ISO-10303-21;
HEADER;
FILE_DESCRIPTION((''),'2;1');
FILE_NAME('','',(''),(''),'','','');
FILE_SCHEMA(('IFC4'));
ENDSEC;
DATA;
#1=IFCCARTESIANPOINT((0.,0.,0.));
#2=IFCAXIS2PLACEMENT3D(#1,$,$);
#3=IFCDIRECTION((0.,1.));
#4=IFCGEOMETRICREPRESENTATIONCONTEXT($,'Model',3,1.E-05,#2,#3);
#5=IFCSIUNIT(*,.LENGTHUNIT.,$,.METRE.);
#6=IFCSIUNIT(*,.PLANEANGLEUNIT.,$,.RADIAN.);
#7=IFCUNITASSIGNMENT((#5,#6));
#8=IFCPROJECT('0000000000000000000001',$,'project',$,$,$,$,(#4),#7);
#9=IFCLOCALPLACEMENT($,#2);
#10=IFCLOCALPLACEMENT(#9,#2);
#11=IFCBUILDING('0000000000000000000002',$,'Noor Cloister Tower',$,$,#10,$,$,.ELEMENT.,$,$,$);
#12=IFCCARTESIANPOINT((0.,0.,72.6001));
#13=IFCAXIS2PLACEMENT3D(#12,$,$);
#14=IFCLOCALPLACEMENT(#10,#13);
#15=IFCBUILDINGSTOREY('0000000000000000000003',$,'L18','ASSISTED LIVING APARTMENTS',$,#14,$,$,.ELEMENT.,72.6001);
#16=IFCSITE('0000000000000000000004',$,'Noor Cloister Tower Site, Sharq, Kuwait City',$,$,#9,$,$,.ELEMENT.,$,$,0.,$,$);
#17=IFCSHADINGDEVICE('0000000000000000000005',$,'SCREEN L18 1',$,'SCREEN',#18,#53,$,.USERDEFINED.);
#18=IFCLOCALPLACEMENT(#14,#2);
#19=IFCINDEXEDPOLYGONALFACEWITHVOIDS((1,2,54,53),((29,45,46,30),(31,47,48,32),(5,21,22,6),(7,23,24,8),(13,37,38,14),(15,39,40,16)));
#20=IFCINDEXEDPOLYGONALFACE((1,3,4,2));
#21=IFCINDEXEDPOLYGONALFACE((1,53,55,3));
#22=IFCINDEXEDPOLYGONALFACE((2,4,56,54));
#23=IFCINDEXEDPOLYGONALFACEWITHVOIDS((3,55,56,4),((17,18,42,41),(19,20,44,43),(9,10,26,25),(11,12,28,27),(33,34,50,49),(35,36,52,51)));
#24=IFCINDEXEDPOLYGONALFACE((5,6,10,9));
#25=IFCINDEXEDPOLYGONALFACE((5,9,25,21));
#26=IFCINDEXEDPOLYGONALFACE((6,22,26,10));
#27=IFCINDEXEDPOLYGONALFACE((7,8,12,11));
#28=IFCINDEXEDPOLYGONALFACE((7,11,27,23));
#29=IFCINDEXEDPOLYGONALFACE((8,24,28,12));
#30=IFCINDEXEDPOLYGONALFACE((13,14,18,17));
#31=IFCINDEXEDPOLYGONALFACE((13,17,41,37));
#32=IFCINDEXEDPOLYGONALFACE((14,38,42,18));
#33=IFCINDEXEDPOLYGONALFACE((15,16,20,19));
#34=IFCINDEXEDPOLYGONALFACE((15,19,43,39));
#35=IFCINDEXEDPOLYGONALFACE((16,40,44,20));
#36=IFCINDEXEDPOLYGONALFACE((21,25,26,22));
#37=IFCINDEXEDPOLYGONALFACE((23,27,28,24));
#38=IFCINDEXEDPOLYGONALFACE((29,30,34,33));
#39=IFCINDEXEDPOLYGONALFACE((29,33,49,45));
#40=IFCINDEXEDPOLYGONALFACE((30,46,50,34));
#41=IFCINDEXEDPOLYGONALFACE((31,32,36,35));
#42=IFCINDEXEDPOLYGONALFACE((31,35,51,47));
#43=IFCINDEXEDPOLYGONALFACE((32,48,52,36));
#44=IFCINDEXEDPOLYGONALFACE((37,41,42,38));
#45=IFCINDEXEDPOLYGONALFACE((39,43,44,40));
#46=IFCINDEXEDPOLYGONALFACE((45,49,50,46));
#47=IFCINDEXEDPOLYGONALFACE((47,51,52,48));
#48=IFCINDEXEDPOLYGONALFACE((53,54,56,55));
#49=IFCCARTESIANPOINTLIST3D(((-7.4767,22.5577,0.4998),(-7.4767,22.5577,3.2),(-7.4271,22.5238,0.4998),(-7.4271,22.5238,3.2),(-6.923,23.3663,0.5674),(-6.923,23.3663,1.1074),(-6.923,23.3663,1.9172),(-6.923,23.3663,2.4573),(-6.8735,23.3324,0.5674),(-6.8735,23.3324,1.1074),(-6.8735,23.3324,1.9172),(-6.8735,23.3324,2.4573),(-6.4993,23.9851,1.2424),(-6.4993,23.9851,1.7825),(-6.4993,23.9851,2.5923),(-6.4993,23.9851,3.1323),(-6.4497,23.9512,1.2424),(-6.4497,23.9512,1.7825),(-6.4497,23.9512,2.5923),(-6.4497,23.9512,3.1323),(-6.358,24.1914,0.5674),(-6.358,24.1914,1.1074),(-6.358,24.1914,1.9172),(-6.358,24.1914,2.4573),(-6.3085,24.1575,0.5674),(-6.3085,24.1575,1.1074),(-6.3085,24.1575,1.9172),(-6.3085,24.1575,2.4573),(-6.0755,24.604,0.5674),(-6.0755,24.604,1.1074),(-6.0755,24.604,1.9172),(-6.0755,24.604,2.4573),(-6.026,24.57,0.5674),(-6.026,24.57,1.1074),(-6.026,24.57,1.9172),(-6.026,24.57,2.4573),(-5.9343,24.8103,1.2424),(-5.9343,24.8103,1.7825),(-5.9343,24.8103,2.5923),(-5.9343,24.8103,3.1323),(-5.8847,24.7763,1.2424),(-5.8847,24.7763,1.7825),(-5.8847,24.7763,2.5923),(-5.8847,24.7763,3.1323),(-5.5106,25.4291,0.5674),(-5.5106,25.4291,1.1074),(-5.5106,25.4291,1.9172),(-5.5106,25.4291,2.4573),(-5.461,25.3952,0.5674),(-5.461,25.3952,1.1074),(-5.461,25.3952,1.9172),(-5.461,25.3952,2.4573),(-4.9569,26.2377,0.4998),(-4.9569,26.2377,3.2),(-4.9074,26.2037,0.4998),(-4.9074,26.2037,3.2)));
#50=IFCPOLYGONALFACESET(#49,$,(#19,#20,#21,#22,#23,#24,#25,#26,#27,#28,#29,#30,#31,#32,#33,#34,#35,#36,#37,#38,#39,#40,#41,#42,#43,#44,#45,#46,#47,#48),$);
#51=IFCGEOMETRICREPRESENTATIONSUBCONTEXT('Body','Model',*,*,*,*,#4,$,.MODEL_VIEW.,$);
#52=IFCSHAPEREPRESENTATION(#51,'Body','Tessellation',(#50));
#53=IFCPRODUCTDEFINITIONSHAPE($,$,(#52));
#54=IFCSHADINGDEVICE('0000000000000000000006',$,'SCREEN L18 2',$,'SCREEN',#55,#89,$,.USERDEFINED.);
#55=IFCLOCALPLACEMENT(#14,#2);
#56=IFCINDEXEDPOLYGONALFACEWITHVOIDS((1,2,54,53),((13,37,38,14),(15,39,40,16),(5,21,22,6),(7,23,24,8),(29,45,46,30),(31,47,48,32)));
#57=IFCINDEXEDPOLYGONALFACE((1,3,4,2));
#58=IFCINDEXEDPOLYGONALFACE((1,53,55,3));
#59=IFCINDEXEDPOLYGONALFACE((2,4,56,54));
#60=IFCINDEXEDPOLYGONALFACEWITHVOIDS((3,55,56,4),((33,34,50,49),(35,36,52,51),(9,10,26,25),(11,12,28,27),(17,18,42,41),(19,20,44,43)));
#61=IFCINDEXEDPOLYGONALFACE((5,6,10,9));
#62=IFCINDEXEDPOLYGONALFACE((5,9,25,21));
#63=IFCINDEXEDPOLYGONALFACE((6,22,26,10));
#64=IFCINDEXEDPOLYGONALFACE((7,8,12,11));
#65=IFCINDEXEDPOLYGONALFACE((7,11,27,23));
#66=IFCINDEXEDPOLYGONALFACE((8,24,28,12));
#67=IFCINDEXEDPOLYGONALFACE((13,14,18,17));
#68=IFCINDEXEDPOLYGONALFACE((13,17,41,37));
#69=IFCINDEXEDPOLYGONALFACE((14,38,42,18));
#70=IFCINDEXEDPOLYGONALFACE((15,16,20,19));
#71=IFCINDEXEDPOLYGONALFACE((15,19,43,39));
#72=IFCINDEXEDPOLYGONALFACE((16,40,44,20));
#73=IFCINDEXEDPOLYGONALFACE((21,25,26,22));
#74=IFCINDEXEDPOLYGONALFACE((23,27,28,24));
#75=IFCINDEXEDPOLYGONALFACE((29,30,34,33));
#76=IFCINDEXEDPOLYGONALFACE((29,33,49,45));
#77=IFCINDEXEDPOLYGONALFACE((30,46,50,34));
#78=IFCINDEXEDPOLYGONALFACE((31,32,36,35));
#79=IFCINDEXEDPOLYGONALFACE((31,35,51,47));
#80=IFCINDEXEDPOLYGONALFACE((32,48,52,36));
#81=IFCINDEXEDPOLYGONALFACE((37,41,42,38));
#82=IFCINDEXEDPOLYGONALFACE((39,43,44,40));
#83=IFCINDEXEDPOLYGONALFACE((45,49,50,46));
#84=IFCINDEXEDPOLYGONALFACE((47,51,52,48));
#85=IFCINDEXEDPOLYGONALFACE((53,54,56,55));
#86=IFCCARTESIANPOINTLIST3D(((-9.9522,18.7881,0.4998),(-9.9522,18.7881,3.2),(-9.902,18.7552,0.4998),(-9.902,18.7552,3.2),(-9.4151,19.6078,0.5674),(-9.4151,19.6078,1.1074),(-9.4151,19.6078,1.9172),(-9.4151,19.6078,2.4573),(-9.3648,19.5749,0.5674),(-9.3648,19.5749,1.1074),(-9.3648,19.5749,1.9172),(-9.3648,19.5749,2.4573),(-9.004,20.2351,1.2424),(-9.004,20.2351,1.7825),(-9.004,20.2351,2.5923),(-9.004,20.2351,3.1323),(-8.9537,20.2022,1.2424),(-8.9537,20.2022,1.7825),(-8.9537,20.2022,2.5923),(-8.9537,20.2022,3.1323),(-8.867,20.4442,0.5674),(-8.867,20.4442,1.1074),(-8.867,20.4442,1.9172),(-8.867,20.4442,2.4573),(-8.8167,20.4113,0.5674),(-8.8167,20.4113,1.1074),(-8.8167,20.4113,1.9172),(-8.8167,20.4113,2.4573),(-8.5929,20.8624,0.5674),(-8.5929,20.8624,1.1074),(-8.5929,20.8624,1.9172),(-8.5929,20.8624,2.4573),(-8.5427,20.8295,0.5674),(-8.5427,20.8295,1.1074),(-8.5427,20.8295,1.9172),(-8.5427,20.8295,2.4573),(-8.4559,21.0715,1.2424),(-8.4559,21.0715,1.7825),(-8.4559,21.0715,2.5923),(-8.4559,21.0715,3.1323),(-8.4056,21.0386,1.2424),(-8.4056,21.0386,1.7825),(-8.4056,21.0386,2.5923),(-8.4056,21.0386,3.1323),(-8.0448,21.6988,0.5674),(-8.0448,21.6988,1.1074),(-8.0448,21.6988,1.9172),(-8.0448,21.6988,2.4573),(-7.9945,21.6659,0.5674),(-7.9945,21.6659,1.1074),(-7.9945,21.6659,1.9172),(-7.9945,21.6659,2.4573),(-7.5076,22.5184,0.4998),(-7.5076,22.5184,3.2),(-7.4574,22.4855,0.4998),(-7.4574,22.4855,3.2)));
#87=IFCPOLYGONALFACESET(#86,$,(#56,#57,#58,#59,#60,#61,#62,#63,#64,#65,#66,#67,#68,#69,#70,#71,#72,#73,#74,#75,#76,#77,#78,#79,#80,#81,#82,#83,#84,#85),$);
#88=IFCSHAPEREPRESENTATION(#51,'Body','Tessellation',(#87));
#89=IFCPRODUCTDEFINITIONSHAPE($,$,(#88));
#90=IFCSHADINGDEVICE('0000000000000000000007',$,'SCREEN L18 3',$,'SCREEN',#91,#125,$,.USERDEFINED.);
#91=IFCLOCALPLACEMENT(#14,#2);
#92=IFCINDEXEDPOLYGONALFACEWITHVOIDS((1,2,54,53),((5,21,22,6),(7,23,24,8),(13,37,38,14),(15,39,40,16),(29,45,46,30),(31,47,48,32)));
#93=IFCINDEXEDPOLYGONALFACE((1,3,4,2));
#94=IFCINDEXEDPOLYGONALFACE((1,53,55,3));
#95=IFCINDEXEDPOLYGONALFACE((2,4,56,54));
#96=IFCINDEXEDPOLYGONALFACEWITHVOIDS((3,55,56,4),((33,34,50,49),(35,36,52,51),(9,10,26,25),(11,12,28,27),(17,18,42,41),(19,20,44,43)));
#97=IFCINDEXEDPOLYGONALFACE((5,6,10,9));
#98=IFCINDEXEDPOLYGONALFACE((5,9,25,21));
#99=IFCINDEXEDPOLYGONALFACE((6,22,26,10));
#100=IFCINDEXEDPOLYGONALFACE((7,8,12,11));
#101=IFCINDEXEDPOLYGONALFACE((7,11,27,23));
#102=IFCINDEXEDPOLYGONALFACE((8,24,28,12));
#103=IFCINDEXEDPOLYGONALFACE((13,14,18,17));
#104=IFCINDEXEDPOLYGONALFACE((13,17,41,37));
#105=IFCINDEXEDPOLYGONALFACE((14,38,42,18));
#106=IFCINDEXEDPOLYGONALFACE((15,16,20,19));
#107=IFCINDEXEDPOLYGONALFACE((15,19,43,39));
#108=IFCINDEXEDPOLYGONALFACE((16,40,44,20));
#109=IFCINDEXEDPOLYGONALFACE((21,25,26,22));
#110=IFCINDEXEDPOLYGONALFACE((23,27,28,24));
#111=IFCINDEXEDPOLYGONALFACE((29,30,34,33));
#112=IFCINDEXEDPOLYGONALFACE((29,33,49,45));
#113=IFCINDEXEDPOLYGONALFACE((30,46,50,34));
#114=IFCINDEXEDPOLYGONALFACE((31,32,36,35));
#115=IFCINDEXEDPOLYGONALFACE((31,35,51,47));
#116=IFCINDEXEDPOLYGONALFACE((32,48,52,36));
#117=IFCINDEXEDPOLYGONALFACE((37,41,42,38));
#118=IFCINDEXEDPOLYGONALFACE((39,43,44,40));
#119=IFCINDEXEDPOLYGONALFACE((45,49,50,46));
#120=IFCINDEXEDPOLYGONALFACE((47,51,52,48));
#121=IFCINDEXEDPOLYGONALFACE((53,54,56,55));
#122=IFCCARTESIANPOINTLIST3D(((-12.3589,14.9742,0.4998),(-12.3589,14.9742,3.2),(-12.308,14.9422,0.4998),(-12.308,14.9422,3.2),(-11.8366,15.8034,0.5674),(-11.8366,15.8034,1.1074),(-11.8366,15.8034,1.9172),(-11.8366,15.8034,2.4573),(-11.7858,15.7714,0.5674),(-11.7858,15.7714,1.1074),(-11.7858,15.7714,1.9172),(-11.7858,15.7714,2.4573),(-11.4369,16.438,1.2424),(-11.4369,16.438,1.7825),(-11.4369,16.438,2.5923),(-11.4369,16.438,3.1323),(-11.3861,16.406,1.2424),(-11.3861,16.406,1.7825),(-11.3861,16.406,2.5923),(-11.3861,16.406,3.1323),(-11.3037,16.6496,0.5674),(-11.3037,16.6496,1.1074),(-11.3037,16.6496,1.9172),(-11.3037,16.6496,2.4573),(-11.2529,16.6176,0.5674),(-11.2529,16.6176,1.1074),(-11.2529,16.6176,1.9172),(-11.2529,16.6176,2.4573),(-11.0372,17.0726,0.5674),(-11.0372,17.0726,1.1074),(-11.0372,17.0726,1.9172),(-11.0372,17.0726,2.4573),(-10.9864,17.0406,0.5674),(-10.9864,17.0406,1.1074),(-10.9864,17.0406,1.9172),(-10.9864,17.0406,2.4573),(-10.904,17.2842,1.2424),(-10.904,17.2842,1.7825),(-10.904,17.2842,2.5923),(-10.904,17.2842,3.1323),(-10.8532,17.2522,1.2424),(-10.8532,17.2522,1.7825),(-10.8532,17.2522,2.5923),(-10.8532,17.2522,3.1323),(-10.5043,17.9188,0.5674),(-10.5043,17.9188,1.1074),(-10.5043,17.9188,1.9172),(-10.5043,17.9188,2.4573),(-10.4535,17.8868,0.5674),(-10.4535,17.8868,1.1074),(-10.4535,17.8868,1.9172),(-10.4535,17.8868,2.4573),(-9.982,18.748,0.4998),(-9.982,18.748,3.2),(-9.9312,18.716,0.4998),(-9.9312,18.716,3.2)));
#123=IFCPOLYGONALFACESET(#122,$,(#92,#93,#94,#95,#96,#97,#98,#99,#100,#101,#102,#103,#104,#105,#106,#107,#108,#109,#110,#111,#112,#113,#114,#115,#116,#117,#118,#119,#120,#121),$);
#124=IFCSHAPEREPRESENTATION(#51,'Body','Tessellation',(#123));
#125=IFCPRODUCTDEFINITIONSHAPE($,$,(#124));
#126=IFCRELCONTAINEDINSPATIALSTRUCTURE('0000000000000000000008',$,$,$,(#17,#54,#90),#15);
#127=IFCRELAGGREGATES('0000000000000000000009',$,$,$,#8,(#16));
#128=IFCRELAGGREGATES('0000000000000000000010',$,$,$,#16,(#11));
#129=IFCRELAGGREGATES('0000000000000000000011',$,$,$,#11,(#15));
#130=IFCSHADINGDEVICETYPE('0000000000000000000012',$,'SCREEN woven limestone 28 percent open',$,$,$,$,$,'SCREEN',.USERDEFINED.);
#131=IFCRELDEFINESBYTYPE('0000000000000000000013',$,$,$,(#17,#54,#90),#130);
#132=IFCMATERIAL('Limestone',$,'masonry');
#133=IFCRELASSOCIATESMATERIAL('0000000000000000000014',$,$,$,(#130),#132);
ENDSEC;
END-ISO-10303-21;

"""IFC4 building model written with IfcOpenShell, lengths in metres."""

from ifc_helpers import new_model, si_unit, direction, frame, origin, place, context, subcontext, project, spatial, polyline, outline, extrude, material, material_profile, profile_set, type_object, element, save


model = new_model("IFC4")

# Units and contexts
model_context = context("Model", 3, precision=1e-05, world=origin(), true_north=direction((0.0, 1.0)))
body_context = subcontext(model_context, "Body", "Model", "MODEL_VIEW")
ifc_project = project(units=[si_unit("LENGTHUNIT", "METRE"), si_unit("PLANEANGLEUNIT", "RADIAN")], contexts=[model_context])

# Site, building, storey
site_placement = place(None, origin())
site = spatial("IfcSite", under=ifc_project, at=site_placement, Name="Noor Cloister Tower Site, Sharq, Kuwait City", CompositionType="ELEMENT", RefElevation=0.0)
building_placement = place(site_placement, origin())
building = spatial("IfcBuilding", under=site, at=building_placement, Name="Noor Cloister Tower", CompositionType="ELEMENT")
storey_placement = place(building_placement, frame((0.0, 0.0, 72.6001)))
storey = spatial("IfcBuildingStorey", under=building, at=storey_placement, Name="L18", Description="ASSISTED LIVING APARTMENTS", CompositionType="ELEMENT", Elevation=72.6001)

# Shading devices
ifc_material_1 = material(Name="Limestone", Category="masonry")
ifc_material_profile_1 = material_profile(ifc_material_1, outline(polyline([(-2.23, -1.3501), (2.23, -1.3501), (2.23, 1.3501), (-2.23, 1.3501), (-2.23, -1.3501)]), holes=[polyline([(-1.25, -1.2825), (-0.25, -1.2825), (-0.25, -0.7424), (-1.25, -0.7424), (-1.25, -1.2825)]), polyline([(0.25, -1.2825), (1.25, -1.2825), (1.25, -0.7424), (0.25, -0.7424), (0.25, -1.2825)]), polyline([(-0.5, -0.6074), (0.5, -0.6074), (0.5, -0.0674), (-0.5, -0.0674), (-0.5, -0.6074)]), polyline([(-1.25, 0.0674), (-0.25, 0.0674), (-0.25, 0.6074), (-1.25, 0.6074), (-1.25, 0.0674)]), polyline([(0.25, 0.0674), (1.25, 0.0674), (1.25, 0.6074), (0.25, 0.6074), (0.25, 0.0674)]), polyline([(-0.5, 0.7424), (0.5, 0.7424), (0.5, 1.2825), (-0.5, 1.2825), (-0.5, 0.7424)])]), Name="Woven screen 28 percent open")
ifc_profile_set_1 = profile_set([ifc_material_profile_1], Name="Limestone")
shading_device_type = type_object("IfcShadingDeviceType", Name="SCREEN woven limestone 28 percent open", ElementType="SCREEN", PredefinedType="USERDEFINED", material=ifc_profile_set_1)
for number, where, z_axis, x_axis, name in (
    (1, (-6.1672, 24.3638, 1.8499), (-0.825108, 0.564975, 0.0), (-0.564975, -0.825108, 0.0), "SCREEN L18 1"),
    (2, (-8.6797, 20.6204, 1.8499), (-0.836397, 0.548124, 0.0), (-0.548124, -0.836397, 0.0), "SCREEN L18 2"),
    (3, (-11.1196, 16.8291, 1.8499), (-0.846165, 0.532921, 0.0), (-0.532921, -0.846165, 0.0), "SCREEN L18 3"),
):
    element("IfcShadingDevice", number, at=place(storey_placement, frame(where, z_axis=z_axis, x_axis=x_axis)), inside=storey, type_object=shading_device_type, Name=name, ObjectType="SCREEN", PredefinedType="USERDEFINED", context=body_context, shape_type="SweptSolid", body=[
        extrude(outline(polyline([(-2.23, -1.3501), (2.23, -1.3501), (2.23, 1.3501), (-2.23, 1.3501), (-2.23, -1.3501)]), holes=[polyline([(-1.25, -1.2825), (-0.25, -1.2825), (-0.25, -0.7424), (-1.25, -0.7424), (-1.25, -1.2825)]), polyline([(0.25, -1.2825), (1.25, -1.2825), (1.25, -0.7424), (0.25, -0.7424), (0.25, -1.2825)]), polyline([(-0.5, -0.6074), (0.5, -0.6074), (0.5, -0.0674), (-0.5, -0.0674), (-0.5, -0.6074)]), polyline([(-1.25, 0.0674), (-0.25, 0.0674), (-0.25, 0.6074), (-1.25, 0.6074), (-1.25, 0.0674)]), polyline([(0.25, 0.0674), (1.25, 0.0674), (1.25, 0.6074), (0.25, 0.6074), (0.25, 0.0674)]), polyline([(-0.5, 0.7424), (0.5, 0.7424), (0.5, 1.2825), (-0.5, 1.2825), (-0.5, 0.7424)])]), origin(), (0.0, 0.0, 1.0), 0.0601),
    ])

save(model, "model.ifc")
